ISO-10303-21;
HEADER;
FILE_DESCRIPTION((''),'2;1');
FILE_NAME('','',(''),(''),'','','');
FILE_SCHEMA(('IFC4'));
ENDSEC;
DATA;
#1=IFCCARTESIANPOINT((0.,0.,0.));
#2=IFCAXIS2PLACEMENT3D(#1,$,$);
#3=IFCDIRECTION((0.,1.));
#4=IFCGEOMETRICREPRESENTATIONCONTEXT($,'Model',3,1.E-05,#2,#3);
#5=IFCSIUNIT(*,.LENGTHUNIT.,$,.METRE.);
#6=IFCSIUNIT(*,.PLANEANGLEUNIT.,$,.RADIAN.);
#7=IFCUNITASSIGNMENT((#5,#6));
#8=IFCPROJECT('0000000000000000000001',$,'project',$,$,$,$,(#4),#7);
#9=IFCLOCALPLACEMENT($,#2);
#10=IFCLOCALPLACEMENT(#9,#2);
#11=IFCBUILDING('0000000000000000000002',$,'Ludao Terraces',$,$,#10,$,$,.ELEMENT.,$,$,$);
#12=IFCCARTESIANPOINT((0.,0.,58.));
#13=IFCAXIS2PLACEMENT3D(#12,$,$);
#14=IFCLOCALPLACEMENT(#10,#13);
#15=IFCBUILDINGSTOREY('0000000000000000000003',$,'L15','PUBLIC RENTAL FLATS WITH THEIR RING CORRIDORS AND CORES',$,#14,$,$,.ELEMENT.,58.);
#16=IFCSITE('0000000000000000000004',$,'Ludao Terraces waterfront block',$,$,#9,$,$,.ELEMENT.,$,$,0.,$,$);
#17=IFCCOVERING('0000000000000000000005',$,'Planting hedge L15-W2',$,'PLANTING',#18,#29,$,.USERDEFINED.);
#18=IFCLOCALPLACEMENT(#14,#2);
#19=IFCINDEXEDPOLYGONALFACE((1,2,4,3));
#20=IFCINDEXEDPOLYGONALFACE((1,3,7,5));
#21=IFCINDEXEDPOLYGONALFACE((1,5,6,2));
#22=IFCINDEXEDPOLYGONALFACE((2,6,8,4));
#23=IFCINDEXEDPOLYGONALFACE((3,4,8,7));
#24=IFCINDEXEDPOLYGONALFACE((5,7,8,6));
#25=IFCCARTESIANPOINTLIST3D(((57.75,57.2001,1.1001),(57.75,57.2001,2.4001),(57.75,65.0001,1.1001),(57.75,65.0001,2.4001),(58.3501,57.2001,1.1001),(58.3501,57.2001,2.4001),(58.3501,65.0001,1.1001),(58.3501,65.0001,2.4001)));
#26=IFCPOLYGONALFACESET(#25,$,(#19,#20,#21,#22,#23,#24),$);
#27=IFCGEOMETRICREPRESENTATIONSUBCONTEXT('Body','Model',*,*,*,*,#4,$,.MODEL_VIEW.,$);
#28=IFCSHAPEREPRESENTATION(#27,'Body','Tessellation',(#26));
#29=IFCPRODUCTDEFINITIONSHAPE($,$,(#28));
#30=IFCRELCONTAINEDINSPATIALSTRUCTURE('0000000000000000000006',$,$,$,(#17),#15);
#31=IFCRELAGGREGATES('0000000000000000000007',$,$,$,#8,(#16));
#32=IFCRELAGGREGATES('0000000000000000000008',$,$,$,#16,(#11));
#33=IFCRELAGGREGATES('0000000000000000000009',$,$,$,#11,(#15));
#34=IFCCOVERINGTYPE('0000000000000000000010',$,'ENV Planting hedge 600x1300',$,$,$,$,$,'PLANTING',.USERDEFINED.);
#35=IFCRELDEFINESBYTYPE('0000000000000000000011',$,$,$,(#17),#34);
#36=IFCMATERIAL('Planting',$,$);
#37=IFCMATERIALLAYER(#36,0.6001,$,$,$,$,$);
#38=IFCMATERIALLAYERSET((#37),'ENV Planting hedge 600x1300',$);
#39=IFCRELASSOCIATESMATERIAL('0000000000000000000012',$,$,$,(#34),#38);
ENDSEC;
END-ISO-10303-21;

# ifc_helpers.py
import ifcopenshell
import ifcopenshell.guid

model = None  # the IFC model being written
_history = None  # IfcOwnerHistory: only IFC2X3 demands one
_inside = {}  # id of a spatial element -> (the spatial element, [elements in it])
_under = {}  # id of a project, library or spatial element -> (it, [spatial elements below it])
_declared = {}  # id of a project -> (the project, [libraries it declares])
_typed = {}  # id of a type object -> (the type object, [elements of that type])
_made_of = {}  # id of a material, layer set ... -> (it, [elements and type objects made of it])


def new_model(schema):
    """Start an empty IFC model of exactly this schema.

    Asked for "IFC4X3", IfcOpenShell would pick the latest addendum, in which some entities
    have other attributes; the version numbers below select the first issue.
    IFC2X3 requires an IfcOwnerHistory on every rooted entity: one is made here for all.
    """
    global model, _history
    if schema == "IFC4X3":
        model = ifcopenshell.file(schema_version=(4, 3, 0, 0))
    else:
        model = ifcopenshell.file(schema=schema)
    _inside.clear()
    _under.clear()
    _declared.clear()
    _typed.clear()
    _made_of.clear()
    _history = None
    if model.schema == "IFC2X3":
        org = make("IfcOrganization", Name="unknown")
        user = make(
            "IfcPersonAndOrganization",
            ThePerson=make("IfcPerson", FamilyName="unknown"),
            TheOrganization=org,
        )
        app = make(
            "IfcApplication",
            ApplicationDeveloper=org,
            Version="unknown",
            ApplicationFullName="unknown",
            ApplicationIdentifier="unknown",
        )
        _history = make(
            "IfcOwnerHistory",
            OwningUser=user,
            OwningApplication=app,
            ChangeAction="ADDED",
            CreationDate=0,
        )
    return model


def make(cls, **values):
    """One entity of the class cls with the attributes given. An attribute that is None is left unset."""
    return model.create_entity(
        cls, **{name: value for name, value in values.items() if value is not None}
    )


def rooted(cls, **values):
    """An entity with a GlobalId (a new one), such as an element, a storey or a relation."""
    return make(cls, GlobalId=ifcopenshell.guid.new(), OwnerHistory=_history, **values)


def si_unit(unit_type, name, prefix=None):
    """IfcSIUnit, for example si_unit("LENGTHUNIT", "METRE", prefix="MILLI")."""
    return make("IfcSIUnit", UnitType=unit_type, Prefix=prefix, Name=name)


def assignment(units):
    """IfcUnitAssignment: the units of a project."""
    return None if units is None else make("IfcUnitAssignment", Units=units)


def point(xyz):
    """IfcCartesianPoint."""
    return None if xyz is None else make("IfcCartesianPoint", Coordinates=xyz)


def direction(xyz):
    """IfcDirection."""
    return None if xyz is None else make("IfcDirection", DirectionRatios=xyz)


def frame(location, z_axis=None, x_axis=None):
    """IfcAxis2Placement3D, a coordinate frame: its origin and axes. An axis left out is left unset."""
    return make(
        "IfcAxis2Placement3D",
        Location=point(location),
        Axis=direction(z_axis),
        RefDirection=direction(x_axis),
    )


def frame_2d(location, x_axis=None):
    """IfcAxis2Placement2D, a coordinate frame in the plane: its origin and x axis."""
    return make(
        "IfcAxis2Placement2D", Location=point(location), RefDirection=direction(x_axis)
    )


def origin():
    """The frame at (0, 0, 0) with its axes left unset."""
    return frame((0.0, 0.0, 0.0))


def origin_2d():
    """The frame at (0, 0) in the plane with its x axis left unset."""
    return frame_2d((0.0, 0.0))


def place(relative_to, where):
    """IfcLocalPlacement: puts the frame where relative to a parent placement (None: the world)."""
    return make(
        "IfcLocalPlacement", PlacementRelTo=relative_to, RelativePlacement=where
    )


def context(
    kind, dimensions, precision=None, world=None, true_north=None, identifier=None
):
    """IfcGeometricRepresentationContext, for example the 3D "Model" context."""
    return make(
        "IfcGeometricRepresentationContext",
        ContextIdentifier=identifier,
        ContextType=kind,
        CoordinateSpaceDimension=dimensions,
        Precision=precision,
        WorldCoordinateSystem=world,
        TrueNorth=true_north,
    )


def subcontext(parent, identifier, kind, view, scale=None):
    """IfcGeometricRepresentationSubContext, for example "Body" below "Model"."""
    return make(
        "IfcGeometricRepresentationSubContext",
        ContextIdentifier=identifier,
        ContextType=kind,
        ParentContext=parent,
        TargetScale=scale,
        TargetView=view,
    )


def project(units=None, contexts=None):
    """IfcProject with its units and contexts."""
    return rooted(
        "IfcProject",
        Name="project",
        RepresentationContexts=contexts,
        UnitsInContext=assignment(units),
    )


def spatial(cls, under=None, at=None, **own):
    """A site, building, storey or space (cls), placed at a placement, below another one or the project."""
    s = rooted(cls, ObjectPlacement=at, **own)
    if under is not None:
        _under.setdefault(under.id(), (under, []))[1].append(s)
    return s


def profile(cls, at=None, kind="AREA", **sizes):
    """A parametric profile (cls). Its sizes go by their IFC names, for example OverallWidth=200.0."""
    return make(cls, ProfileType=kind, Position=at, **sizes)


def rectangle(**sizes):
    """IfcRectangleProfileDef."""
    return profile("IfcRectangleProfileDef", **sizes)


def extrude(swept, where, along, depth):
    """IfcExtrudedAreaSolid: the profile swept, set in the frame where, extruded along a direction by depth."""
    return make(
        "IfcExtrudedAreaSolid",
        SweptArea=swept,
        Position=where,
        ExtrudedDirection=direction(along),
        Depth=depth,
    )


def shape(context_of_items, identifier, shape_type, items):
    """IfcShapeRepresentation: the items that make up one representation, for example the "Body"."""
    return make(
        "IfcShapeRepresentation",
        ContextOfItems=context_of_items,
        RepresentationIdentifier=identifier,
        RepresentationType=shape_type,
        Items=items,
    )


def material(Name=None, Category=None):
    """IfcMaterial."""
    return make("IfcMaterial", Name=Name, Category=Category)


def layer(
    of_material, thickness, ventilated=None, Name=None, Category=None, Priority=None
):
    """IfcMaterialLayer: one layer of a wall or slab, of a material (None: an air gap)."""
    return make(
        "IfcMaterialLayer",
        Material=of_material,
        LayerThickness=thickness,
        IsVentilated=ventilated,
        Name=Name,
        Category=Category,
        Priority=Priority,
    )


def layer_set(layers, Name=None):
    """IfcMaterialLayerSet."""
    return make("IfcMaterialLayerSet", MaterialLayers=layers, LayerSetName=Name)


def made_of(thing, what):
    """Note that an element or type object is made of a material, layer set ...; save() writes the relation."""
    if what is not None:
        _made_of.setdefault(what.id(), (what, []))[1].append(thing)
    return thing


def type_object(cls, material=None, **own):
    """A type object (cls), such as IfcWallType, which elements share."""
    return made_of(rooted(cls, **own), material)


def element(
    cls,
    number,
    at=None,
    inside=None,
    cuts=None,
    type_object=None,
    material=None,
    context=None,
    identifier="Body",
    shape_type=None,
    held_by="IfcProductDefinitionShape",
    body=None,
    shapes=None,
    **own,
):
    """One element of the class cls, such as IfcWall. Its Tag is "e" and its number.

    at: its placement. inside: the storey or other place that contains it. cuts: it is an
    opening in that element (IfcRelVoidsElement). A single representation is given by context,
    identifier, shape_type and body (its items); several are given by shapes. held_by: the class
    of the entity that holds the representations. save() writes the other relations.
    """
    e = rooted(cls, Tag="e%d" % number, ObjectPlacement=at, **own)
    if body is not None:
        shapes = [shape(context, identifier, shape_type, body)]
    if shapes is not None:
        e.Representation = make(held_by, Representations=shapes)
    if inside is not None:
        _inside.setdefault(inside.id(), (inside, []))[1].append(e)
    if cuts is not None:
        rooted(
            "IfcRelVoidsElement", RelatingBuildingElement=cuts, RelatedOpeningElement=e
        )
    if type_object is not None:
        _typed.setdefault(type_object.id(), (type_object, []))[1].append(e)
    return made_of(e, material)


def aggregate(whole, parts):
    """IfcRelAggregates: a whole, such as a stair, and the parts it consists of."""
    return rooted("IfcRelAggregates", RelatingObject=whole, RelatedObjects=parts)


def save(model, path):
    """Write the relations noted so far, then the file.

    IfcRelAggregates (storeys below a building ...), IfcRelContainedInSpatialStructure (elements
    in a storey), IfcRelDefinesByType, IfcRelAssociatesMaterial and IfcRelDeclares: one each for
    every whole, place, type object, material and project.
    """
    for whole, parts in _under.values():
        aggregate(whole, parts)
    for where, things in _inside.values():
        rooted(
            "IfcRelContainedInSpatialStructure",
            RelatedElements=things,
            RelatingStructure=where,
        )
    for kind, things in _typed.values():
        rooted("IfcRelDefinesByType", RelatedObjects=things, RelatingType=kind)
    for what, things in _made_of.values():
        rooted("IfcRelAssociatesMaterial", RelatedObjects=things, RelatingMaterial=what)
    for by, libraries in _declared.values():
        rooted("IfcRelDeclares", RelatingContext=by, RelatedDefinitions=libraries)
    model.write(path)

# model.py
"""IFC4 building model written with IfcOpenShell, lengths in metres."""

from ifc_helpers import new_model, si_unit, direction, frame, origin, origin_2d, place, context, subcontext, project, spatial, rectangle, extrude, material, layer, layer_set, type_object, element, save


model = new_model("IFC4")

# Units and contexts
model_context = context("Model", 3, precision=1e-05, world=origin(), true_north=direction((0.0, 1.0)))
body_context = subcontext(model_context, "Body", "Model", "MODEL_VIEW")
ifc_project = project(units=[si_unit("LENGTHUNIT", "METRE"), si_unit("PLANEANGLEUNIT", "RADIAN")], contexts=[model_context])

# Site, building, storey
site_placement = place(None, origin())
site = spatial("IfcSite", under=ifc_project, at=site_placement, Name="Ludao Terraces waterfront block", CompositionType="ELEMENT", RefElevation=0.0)
building_placement = place(site_placement, origin())
building = spatial("IfcBuilding", under=site, at=building_placement, Name="Ludao Terraces", CompositionType="ELEMENT")
storey_placement = place(building_placement, frame((0.0, 0.0, 58.0)))
storey = spatial("IfcBuildingStorey", under=building, at=storey_placement, Name="L15", Description="PUBLIC RENTAL FLATS WITH THEIR RING CORRIDORS AND CORES", CompositionType="ELEMENT", Elevation=58.0)

# Covering
ifc_material_1 = material(Name="Planting")
ifc_layer_1 = layer(ifc_material_1, 0.6001)
ifc_layer_set_1 = layer_set([ifc_layer_1], Name="ENV Planting hedge 600x1300")
covering_type = type_object("IfcCoveringType", Name="ENV Planting hedge 600x1300", ElementType="PLANTING", PredefinedType="USERDEFINED", material=ifc_layer_set_1)
covering_placement = place(storey_placement, frame((58.05, 61.1001, 1.1001), z_axis=(0.0, 0.0, 1.0), x_axis=(1.0, 0.0, 0.0)))
element("IfcCovering", 1, at=covering_placement, inside=storey, type_object=covering_type, Name="Planting hedge L15-W2", ObjectType="PLANTING", PredefinedType="USERDEFINED", context=body_context, shape_type="SweptSolid", body=[
    extrude(rectangle(XDim=0.6001, YDim=7.8, at=origin_2d()), origin(), (0.0, 0.0, 1.0), 1.3),
])

save(model, "model.ifc")
